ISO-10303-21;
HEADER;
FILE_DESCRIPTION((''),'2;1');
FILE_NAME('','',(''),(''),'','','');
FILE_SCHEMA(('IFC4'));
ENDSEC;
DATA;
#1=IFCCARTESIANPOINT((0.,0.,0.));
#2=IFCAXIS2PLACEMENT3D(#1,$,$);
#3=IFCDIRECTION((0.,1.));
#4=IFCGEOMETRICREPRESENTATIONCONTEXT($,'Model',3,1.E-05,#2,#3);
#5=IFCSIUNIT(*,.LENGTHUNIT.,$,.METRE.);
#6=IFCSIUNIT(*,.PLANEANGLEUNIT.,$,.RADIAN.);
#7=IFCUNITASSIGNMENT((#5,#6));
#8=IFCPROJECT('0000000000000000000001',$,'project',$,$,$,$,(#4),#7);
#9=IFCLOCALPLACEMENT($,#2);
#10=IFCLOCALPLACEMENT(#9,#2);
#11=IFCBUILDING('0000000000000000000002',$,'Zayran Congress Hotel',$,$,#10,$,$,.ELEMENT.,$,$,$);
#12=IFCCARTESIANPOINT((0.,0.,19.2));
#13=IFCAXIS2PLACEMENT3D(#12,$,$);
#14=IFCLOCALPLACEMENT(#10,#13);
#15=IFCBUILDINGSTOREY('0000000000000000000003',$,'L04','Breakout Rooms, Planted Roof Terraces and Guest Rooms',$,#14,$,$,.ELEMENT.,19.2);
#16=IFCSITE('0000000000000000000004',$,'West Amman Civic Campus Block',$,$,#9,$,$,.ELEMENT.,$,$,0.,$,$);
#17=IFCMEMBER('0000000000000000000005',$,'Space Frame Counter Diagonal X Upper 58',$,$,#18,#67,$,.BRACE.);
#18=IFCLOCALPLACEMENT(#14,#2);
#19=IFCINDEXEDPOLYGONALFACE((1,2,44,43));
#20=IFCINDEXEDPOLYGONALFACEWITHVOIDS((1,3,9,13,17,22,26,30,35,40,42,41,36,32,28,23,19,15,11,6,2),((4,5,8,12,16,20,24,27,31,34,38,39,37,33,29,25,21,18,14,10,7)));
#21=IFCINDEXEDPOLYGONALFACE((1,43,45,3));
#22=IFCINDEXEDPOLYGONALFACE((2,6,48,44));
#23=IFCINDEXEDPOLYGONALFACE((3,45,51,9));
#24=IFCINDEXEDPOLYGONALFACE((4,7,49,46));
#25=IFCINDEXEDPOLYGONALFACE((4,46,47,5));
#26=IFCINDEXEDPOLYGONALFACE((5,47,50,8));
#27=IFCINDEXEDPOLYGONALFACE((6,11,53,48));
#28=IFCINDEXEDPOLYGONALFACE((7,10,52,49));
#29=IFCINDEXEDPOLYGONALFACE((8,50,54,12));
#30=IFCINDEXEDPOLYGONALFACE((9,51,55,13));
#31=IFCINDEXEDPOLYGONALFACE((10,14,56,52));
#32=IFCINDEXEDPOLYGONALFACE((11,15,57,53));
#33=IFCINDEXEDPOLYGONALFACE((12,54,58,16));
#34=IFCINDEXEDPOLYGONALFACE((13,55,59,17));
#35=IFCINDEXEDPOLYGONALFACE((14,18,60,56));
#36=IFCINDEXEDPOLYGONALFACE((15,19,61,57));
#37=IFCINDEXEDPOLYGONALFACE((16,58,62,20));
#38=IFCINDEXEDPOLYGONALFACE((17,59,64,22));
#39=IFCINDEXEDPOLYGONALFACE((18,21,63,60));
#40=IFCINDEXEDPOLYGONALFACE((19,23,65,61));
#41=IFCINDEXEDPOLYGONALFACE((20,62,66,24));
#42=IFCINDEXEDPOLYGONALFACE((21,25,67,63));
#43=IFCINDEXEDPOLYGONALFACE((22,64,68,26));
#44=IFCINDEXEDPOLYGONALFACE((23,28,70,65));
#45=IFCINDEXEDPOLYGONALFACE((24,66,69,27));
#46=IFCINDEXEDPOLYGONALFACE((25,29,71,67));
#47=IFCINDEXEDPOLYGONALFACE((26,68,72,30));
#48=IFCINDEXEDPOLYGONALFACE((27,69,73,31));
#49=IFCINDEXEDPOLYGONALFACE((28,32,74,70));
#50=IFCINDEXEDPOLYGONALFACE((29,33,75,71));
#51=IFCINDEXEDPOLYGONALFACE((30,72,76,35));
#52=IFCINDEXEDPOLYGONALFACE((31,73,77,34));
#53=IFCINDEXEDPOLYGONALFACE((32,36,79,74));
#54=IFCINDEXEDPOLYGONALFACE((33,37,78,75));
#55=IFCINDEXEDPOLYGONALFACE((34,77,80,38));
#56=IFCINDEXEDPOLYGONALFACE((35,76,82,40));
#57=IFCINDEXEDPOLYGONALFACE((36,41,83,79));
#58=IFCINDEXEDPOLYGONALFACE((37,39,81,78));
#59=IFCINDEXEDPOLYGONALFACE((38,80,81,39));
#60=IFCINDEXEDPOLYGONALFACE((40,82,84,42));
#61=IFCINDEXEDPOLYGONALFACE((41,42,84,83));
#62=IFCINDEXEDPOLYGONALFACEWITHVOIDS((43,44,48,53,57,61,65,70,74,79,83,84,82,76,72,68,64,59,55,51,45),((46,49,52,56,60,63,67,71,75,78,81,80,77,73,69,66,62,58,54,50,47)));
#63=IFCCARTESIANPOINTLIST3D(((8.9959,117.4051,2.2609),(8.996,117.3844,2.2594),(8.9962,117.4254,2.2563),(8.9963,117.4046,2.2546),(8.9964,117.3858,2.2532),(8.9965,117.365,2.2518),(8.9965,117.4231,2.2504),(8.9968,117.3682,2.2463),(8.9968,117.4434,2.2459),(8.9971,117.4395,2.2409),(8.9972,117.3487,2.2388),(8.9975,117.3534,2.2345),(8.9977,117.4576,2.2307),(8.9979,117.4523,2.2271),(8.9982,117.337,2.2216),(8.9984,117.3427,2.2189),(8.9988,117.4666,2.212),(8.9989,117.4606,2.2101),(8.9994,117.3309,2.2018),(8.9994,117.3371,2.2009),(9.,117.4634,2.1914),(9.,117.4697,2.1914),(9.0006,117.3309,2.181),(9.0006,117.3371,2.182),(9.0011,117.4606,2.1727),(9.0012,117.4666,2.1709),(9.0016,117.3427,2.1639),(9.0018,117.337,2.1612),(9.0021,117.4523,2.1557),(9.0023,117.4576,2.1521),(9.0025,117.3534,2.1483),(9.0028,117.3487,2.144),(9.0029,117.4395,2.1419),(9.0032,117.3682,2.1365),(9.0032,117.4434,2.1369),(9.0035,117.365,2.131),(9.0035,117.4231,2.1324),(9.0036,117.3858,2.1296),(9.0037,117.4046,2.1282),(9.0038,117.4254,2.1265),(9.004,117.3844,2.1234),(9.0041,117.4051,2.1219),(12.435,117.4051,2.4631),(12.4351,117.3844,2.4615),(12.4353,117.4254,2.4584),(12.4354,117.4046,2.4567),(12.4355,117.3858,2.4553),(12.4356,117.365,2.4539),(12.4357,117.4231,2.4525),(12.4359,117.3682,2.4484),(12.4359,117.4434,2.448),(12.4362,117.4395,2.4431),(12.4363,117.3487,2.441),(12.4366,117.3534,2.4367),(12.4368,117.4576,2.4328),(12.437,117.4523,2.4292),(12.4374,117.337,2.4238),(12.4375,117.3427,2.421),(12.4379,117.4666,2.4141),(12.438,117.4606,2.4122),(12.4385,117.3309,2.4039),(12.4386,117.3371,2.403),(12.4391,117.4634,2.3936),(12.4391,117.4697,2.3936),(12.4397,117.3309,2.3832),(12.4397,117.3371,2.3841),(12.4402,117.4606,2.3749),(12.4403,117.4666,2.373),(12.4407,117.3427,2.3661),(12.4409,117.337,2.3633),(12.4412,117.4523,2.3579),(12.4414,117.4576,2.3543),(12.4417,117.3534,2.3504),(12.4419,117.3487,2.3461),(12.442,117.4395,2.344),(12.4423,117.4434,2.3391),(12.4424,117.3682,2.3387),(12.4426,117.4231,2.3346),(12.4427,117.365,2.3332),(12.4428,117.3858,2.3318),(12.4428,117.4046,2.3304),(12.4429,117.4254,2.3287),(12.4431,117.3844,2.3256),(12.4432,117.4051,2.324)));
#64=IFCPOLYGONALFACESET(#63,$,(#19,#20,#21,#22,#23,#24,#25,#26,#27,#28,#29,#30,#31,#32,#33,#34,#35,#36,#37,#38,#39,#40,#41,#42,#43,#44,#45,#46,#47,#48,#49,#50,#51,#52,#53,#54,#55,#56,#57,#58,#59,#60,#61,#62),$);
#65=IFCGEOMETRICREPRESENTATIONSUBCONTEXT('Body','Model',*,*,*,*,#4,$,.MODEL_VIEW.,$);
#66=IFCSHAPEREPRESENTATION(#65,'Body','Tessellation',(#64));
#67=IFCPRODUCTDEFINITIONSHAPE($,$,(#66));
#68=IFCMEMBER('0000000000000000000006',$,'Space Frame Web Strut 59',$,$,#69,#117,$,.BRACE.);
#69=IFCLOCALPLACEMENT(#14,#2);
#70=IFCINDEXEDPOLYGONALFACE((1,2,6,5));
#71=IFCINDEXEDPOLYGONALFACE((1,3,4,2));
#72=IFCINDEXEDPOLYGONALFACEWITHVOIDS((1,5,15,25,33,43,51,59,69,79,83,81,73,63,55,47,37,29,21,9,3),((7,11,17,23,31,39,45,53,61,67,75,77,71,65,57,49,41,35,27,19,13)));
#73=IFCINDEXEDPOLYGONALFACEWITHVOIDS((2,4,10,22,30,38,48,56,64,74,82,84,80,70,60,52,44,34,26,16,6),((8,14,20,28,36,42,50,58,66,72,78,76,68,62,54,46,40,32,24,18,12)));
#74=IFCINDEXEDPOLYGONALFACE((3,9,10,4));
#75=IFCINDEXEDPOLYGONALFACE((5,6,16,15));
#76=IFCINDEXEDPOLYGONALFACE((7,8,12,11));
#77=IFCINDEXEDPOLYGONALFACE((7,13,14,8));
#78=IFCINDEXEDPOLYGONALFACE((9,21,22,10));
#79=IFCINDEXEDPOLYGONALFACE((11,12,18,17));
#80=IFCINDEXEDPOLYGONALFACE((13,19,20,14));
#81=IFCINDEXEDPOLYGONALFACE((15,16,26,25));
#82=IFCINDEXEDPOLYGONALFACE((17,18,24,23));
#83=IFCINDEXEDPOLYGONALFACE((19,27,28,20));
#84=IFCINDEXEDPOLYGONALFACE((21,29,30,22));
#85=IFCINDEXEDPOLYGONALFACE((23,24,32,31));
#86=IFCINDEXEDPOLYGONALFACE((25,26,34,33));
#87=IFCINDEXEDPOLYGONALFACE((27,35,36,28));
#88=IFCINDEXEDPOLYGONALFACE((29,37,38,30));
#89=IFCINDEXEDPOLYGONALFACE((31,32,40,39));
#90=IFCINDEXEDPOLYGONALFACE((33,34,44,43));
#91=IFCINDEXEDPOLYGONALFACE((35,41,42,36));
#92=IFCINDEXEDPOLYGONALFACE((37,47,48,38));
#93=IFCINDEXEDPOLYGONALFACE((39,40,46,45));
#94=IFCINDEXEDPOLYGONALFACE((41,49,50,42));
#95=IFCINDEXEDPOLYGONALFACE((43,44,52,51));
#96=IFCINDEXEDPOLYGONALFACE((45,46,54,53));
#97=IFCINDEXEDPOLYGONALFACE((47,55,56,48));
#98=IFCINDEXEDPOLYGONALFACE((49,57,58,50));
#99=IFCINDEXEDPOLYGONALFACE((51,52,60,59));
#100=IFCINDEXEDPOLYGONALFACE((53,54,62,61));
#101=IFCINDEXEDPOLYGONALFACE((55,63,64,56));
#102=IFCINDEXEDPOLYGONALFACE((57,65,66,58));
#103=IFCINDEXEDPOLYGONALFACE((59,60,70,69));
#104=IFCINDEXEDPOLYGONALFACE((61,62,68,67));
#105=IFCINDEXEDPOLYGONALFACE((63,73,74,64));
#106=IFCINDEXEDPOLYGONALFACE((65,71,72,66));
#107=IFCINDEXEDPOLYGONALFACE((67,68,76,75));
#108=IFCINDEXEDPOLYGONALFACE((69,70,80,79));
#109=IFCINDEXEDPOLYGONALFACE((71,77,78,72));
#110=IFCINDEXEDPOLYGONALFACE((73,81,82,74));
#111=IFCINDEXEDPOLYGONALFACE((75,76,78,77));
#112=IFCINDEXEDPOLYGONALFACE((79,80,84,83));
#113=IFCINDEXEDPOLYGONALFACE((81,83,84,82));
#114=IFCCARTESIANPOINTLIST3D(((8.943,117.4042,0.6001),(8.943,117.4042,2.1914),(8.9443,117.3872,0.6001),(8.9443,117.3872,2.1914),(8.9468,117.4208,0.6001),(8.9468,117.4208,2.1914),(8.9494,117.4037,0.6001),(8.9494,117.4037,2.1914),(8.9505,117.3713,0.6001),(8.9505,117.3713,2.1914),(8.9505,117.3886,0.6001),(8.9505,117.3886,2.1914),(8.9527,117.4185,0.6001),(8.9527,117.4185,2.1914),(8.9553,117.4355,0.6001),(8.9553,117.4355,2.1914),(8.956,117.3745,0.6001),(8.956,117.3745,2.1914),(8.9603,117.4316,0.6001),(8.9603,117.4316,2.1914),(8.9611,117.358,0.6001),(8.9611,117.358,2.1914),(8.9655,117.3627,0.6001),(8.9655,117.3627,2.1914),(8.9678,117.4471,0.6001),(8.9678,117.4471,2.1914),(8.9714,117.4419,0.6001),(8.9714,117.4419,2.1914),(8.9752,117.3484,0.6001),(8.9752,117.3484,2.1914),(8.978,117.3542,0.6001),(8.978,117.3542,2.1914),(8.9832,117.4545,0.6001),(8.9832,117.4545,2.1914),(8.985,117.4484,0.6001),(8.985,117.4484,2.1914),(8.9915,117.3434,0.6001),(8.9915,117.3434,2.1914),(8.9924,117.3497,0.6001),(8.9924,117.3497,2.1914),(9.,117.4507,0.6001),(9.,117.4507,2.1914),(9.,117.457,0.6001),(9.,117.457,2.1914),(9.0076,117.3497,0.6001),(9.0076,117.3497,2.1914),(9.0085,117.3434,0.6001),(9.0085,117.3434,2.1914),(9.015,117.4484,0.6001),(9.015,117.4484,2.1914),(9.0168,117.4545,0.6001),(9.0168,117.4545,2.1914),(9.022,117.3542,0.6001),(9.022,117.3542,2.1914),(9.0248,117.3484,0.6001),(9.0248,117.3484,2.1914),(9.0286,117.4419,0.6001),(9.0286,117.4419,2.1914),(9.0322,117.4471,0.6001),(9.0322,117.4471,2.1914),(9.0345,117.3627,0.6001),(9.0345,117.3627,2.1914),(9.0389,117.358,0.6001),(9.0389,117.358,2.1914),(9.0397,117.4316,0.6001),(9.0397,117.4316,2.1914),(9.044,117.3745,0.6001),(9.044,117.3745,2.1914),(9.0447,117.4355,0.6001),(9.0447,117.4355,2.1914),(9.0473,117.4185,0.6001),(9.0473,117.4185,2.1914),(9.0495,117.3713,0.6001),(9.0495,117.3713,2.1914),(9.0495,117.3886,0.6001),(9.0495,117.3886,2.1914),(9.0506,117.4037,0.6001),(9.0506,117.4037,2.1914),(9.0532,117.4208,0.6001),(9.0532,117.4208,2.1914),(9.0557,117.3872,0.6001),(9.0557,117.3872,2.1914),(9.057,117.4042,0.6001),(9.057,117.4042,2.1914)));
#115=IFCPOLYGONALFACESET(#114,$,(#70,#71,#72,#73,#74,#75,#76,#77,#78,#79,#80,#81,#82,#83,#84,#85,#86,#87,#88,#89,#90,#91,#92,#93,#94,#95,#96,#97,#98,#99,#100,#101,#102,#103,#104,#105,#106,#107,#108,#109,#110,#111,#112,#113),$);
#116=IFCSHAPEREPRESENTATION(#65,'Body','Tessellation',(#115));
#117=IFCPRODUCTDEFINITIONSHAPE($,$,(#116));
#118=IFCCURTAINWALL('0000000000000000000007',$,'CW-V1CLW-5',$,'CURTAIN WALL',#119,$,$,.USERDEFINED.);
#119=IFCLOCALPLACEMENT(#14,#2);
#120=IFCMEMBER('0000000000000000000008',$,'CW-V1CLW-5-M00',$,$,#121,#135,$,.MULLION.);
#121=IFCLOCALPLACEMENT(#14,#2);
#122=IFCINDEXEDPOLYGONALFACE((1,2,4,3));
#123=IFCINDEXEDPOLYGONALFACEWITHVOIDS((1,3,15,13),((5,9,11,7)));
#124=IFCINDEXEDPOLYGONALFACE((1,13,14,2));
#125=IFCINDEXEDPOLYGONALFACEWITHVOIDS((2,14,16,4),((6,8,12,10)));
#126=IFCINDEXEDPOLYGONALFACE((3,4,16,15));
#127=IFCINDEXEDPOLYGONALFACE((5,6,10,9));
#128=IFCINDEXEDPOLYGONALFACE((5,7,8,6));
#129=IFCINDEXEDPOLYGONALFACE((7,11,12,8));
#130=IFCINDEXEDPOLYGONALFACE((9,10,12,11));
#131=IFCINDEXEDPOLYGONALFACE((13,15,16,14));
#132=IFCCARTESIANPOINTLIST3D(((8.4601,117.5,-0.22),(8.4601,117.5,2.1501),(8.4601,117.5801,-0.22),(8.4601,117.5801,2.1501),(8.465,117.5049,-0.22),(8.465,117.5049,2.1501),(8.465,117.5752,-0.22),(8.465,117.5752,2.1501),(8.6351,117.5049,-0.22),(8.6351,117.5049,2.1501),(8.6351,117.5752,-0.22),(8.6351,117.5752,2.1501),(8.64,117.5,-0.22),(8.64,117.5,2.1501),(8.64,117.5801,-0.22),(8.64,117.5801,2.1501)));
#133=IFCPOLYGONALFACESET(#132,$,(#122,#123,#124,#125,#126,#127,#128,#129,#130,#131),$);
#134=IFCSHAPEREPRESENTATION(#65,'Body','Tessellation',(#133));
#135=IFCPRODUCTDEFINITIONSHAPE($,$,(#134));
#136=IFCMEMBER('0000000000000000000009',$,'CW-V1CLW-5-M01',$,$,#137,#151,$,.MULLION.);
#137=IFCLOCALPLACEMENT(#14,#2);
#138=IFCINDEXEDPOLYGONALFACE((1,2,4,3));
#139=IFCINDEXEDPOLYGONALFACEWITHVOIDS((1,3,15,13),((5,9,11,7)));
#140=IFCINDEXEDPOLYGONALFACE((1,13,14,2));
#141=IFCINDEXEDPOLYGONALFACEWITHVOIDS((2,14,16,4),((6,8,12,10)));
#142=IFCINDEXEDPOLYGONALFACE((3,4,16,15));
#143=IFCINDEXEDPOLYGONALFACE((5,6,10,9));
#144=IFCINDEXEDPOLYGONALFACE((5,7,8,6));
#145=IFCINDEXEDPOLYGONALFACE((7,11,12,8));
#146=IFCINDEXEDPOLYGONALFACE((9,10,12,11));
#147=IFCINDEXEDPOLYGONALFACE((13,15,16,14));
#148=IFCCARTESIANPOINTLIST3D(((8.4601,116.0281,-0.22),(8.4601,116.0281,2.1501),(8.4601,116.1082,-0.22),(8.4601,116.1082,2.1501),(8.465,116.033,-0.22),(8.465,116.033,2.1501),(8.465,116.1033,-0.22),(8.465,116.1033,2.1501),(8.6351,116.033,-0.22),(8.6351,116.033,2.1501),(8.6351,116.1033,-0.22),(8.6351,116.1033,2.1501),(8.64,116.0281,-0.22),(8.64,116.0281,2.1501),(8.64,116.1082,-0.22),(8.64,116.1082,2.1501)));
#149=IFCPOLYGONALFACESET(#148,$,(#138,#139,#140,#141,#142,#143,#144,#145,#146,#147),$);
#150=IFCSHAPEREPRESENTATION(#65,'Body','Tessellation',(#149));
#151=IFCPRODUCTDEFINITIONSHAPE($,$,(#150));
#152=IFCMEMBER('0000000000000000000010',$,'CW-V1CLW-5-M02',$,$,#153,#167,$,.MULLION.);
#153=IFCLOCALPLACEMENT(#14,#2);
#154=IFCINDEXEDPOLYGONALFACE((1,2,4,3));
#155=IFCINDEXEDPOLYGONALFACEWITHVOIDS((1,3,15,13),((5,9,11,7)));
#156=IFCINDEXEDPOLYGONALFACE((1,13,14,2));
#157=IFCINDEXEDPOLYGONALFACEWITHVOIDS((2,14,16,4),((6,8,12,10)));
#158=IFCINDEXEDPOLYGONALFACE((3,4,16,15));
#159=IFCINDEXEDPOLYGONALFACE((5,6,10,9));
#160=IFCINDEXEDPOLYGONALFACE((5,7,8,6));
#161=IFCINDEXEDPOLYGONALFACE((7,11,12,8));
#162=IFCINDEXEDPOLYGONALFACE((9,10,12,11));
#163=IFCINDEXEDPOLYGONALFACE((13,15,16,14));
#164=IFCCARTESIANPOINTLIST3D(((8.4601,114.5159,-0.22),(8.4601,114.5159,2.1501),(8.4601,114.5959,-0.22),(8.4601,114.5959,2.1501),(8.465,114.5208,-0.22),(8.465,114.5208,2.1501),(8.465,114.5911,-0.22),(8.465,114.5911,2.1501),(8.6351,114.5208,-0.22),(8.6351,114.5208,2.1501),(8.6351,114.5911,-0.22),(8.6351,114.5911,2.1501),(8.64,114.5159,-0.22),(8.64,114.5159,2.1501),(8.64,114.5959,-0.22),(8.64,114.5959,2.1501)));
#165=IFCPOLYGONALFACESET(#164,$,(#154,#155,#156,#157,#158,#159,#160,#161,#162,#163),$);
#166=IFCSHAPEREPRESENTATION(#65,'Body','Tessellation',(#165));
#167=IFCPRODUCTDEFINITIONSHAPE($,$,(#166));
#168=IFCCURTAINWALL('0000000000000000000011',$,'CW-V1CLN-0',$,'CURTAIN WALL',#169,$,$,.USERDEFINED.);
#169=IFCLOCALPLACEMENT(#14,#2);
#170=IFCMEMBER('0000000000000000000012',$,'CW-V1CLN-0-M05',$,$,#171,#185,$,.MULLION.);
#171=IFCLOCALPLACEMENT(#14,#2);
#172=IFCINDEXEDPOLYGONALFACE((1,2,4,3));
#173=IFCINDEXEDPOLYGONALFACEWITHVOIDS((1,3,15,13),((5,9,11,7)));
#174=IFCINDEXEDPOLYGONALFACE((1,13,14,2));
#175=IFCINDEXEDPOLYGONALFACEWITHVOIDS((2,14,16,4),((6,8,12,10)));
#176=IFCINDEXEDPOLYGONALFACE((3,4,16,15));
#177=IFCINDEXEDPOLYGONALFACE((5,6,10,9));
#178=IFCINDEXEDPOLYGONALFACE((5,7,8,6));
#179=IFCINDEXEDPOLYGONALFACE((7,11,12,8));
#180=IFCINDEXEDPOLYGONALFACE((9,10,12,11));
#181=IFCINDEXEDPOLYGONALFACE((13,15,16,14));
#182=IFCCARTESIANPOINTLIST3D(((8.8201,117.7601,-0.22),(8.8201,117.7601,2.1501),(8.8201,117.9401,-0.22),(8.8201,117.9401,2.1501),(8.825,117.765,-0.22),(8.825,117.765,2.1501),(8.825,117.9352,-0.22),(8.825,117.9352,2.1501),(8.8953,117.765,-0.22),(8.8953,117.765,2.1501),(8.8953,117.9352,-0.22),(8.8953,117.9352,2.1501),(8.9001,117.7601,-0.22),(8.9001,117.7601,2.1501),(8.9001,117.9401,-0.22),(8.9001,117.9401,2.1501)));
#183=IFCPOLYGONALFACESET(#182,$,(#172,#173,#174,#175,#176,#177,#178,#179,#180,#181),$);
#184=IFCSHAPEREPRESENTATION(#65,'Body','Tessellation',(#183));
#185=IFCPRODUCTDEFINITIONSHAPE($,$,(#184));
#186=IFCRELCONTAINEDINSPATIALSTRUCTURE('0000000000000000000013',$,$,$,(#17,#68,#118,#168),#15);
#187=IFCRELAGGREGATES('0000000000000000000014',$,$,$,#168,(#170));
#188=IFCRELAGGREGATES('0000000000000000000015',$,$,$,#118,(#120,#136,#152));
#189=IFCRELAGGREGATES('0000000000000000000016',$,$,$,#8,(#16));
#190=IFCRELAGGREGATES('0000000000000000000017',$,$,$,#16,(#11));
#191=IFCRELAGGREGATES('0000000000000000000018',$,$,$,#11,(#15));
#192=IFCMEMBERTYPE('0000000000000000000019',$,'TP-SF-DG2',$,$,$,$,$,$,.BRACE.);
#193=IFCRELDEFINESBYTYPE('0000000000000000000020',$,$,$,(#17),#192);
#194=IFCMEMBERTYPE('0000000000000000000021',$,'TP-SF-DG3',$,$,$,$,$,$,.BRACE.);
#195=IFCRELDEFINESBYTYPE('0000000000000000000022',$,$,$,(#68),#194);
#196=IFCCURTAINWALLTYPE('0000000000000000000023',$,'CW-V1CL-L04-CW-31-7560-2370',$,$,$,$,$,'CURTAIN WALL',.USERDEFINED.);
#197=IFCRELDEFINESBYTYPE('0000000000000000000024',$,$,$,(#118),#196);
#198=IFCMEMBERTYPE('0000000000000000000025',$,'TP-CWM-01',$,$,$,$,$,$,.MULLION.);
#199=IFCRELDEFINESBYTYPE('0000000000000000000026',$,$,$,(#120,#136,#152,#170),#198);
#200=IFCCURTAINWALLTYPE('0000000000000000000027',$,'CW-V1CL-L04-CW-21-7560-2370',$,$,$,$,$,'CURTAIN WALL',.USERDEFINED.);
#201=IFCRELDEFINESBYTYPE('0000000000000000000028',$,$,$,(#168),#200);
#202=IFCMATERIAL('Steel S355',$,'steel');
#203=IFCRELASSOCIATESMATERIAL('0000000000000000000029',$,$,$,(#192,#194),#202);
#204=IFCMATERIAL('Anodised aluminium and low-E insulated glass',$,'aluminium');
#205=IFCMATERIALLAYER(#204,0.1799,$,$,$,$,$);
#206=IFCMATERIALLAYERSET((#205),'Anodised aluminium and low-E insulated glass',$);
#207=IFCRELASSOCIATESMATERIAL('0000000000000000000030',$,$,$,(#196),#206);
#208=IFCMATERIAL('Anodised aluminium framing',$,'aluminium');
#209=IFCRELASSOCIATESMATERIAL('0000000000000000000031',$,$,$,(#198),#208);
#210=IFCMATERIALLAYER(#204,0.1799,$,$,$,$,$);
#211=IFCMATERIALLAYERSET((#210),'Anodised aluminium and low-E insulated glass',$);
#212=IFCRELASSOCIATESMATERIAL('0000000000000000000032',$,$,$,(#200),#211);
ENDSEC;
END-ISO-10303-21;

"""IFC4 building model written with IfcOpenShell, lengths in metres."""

from ifc_helpers import new_model, si_unit, direction, frame, origin, origin_2d, place, context, subcontext, project, spatial, hollow_rectangle, hollow_circle, extrude, material, layer, layer_set, material_profile, profile_set, type_object, element, aggregate, save


model = new_model("IFC4")

# Units and contexts
model_context = context("Model", 3, precision=1e-05, world=origin(), true_north=direction((0.0, 1.0)))
body_context = subcontext(model_context, "Body", "Model", "MODEL_VIEW")
ifc_project = project(units=[si_unit("LENGTHUNIT", "METRE"), si_unit("PLANEANGLEUNIT", "RADIAN")], contexts=[model_context])

# Site, building, storey
site_placement = place(None, origin())
site = spatial("IfcSite", under=ifc_project, at=site_placement, Name="West Amman Civic Campus Block", CompositionType="ELEMENT", RefElevation=0.0)
building_placement = place(site_placement, origin())
building = spatial("IfcBuilding", under=site, at=building_placement, Name="Zayran Congress Hotel", CompositionType="ELEMENT")
storey_placement = place(building_placement, frame((0.0, 0.0, 19.2)))
storey = spatial("IfcBuildingStorey", under=building, at=storey_placement, Name="L04", Description="Breakout Rooms, Planted Roof Terraces and Guest Rooms", CompositionType="ELEMENT", Elevation=19.2)

# Shared definitions
ifc_material_1 = material(Name="Steel S355", Category="steel")

# Members
ifc_material_profile_1 = material_profile(ifc_material_1, hollow_circle(Radius=0.0698, WallThickness=0.0063, at=origin_2d()), Name="CHS 139.7x6.3")
ifc_profile_set_1 = profile_set([ifc_material_profile_1], Name="Steel S355")
member_type_1 = type_object("IfcMemberType", Name="TP-SF-DG2", PredefinedType="BRACE", material=ifc_profile_set_1)
member_1_placement = place(storey_placement, frame((9.0, 117.3999, 2.1914), z_axis=(0.998277, 0.0, 0.058676), x_axis=(0.0, 1.0, 0.0)))
element("IfcMember", 1, at=member_1_placement, inside=storey, type_object=member_type_1, Name="Space Frame Counter Diagonal X Upper 58", PredefinedType="BRACE", context=body_context, shape_type="SweptSolid", body=[
    extrude(hollow_circle(Radius=0.0698, WallThickness=0.0063, at=origin_2d()), origin(), (0.0, 0.0, 1.0), 3.4451),
])
ifc_material_profile_2 = material_profile(ifc_material_1, hollow_circle(Radius=0.0571, WallThickness=0.0063, at=origin_2d()), Name="CHS 114.3x6.3")
ifc_profile_set_2 = profile_set([ifc_material_profile_2], Name="Steel S355")
member_type_2 = type_object("IfcMemberType", Name="TP-SF-DG3", PredefinedType="BRACE", material=ifc_profile_set_2)
member_2_placement = place(storey_placement, frame((9.0, 117.3999, 0.6001), z_axis=(0.0, 0.0, 1.0), x_axis=(0.0, 1.0, 0.0)))
element("IfcMember", 2, at=member_2_placement, inside=storey, type_object=member_type_2, Name="Space Frame Web Strut 59", PredefinedType="BRACE", context=body_context, shape_type="SweptSolid", body=[
    extrude(hollow_circle(Radius=0.0571, WallThickness=0.0063, at=origin_2d()), origin(), (0.0, 0.0, 1.0), 1.5913),
])

# Curtain wall, members
ifc_material_2 = material(Name="Anodised aluminium and low-E insulated glass", Category="aluminium")
ifc_layer_1 = layer(ifc_material_2, 0.1799)
ifc_layer_set_1 = layer_set([ifc_layer_1], Name="Anodised aluminium and low-E insulated glass")
curtain_wall_type_1 = type_object("IfcCurtainWallType", Name="CW-V1CL-L04-CW-31-7560-2370", ElementType="CURTAIN WALL", PredefinedType="USERDEFINED", material=ifc_layer_set_1)
curtain_wall_1_placement = place(storey_placement, origin())
curtain_wall_1 = element("IfcCurtainWall", 3, at=curtain_wall_1_placement, inside=storey, type_object=curtain_wall_type_1, Name="CW-V1CLW-5", ObjectType="CURTAIN WALL", PredefinedType="USERDEFINED")
ifc_material_3 = material(Name="Anodised aluminium framing", Category="aluminium")
ifc_material_profile_3 = material_profile(ifc_material_3, hollow_rectangle(XDim=0.0801, YDim=0.1799, WallThickness=0.0049, at=origin_2d()), Name="RHS 180x80x5")
ifc_profile_set_3 = profile_set([ifc_material_profile_3], Name="Anodised aluminium framing")
member_type_3 = type_object("IfcMemberType", Name="TP-CWM-01", PredefinedType="MULLION", material=ifc_profile_set_3)
member_3_placement = place(storey_placement, frame((8.55, 117.54, -0.22), z_axis=(0.0, 0.0, 1.0), x_axis=(0.0, 1.0, 0.0)))
member_3 = element("IfcMember", 4, at=member_3_placement, type_object=member_type_3, Name="CW-V1CLW-5-M00", PredefinedType="MULLION", context=body_context, shape_type="SweptSolid", body=[
    extrude(hollow_rectangle(XDim=0.0801, YDim=0.1799, WallThickness=0.0049, at=origin_2d()), origin(), (0.0, 0.0, 1.0), 2.3701),
])
member_4_placement = place(storey_placement, frame((8.55, 116.0681, -0.22), z_axis=(0.0, 0.0, 1.0), x_axis=(0.0, 1.0, 0.0)))
member_4 = element("IfcMember", 5, at=member_4_placement, type_object=member_type_3, Name="CW-V1CLW-5-M01", PredefinedType="MULLION", context=body_context, shape_type="SweptSolid", body=[
    extrude(hollow_rectangle(XDim=0.0801, YDim=0.1799, WallThickness=0.0049, at=origin_2d()), origin(), (0.0, 0.0, 1.0), 2.3701),
])
member_5_placement = place(storey_placement, frame((8.55, 114.5559, -0.22), z_axis=(0.0, 0.0, 1.0), x_axis=(0.0, 1.0, 0.0)))
member_5 = element("IfcMember", 6, at=member_5_placement, type_object=member_type_3, Name="CW-V1CLW-5-M02", PredefinedType="MULLION", context=body_context, shape_type="SweptSolid", body=[
    extrude(hollow_rectangle(XDim=0.0801, YDim=0.1799, WallThickness=0.0049, at=origin_2d()), origin(), (0.0, 0.0, 1.0), 2.3701),
])

# Curtain wall, member
ifc_layer_2 = layer(ifc_material_2, 0.1799)
ifc_layer_set_2 = layer_set([ifc_layer_2], Name="Anodised aluminium and low-E insulated glass")
curtain_wall_type_2 = type_object("IfcCurtainWallType", Name="CW-V1CL-L04-CW-21-7560-2370", ElementType="CURTAIN WALL", PredefinedType="USERDEFINED", material=ifc_layer_set_2)
curtain_wall_2_placement = place(storey_placement, origin())
curtain_wall_2 = element("IfcCurtainWall", 7, at=curtain_wall_2_placement, inside=storey, type_object=curtain_wall_type_2, Name="CW-V1CLN-0", ObjectType="CURTAIN WALL", PredefinedType="USERDEFINED")
member_6_placement = place(storey_placement, frame((8.8601, 117.8501, -0.22), z_axis=(0.0, 0.0, 1.0), x_axis=(1.0, 0.0, 0.0)))
member_6 = element("IfcMember", 8, at=member_6_placement, type_object=member_type_3, Name="CW-V1CLN-0-M05", PredefinedType="MULLION", context=body_context, shape_type="SweptSolid", body=[
    extrude(hollow_rectangle(XDim=0.0801, YDim=0.1799, WallThickness=0.0049, at=origin_2d()), origin(), (0.0, 0.0, 1.0), 2.3701),
])
aggregate(curtain_wall_2, [member_6])

aggregate(curtain_wall_1, [member_3, member_4, member_5])

save(model, "model.ifc")
